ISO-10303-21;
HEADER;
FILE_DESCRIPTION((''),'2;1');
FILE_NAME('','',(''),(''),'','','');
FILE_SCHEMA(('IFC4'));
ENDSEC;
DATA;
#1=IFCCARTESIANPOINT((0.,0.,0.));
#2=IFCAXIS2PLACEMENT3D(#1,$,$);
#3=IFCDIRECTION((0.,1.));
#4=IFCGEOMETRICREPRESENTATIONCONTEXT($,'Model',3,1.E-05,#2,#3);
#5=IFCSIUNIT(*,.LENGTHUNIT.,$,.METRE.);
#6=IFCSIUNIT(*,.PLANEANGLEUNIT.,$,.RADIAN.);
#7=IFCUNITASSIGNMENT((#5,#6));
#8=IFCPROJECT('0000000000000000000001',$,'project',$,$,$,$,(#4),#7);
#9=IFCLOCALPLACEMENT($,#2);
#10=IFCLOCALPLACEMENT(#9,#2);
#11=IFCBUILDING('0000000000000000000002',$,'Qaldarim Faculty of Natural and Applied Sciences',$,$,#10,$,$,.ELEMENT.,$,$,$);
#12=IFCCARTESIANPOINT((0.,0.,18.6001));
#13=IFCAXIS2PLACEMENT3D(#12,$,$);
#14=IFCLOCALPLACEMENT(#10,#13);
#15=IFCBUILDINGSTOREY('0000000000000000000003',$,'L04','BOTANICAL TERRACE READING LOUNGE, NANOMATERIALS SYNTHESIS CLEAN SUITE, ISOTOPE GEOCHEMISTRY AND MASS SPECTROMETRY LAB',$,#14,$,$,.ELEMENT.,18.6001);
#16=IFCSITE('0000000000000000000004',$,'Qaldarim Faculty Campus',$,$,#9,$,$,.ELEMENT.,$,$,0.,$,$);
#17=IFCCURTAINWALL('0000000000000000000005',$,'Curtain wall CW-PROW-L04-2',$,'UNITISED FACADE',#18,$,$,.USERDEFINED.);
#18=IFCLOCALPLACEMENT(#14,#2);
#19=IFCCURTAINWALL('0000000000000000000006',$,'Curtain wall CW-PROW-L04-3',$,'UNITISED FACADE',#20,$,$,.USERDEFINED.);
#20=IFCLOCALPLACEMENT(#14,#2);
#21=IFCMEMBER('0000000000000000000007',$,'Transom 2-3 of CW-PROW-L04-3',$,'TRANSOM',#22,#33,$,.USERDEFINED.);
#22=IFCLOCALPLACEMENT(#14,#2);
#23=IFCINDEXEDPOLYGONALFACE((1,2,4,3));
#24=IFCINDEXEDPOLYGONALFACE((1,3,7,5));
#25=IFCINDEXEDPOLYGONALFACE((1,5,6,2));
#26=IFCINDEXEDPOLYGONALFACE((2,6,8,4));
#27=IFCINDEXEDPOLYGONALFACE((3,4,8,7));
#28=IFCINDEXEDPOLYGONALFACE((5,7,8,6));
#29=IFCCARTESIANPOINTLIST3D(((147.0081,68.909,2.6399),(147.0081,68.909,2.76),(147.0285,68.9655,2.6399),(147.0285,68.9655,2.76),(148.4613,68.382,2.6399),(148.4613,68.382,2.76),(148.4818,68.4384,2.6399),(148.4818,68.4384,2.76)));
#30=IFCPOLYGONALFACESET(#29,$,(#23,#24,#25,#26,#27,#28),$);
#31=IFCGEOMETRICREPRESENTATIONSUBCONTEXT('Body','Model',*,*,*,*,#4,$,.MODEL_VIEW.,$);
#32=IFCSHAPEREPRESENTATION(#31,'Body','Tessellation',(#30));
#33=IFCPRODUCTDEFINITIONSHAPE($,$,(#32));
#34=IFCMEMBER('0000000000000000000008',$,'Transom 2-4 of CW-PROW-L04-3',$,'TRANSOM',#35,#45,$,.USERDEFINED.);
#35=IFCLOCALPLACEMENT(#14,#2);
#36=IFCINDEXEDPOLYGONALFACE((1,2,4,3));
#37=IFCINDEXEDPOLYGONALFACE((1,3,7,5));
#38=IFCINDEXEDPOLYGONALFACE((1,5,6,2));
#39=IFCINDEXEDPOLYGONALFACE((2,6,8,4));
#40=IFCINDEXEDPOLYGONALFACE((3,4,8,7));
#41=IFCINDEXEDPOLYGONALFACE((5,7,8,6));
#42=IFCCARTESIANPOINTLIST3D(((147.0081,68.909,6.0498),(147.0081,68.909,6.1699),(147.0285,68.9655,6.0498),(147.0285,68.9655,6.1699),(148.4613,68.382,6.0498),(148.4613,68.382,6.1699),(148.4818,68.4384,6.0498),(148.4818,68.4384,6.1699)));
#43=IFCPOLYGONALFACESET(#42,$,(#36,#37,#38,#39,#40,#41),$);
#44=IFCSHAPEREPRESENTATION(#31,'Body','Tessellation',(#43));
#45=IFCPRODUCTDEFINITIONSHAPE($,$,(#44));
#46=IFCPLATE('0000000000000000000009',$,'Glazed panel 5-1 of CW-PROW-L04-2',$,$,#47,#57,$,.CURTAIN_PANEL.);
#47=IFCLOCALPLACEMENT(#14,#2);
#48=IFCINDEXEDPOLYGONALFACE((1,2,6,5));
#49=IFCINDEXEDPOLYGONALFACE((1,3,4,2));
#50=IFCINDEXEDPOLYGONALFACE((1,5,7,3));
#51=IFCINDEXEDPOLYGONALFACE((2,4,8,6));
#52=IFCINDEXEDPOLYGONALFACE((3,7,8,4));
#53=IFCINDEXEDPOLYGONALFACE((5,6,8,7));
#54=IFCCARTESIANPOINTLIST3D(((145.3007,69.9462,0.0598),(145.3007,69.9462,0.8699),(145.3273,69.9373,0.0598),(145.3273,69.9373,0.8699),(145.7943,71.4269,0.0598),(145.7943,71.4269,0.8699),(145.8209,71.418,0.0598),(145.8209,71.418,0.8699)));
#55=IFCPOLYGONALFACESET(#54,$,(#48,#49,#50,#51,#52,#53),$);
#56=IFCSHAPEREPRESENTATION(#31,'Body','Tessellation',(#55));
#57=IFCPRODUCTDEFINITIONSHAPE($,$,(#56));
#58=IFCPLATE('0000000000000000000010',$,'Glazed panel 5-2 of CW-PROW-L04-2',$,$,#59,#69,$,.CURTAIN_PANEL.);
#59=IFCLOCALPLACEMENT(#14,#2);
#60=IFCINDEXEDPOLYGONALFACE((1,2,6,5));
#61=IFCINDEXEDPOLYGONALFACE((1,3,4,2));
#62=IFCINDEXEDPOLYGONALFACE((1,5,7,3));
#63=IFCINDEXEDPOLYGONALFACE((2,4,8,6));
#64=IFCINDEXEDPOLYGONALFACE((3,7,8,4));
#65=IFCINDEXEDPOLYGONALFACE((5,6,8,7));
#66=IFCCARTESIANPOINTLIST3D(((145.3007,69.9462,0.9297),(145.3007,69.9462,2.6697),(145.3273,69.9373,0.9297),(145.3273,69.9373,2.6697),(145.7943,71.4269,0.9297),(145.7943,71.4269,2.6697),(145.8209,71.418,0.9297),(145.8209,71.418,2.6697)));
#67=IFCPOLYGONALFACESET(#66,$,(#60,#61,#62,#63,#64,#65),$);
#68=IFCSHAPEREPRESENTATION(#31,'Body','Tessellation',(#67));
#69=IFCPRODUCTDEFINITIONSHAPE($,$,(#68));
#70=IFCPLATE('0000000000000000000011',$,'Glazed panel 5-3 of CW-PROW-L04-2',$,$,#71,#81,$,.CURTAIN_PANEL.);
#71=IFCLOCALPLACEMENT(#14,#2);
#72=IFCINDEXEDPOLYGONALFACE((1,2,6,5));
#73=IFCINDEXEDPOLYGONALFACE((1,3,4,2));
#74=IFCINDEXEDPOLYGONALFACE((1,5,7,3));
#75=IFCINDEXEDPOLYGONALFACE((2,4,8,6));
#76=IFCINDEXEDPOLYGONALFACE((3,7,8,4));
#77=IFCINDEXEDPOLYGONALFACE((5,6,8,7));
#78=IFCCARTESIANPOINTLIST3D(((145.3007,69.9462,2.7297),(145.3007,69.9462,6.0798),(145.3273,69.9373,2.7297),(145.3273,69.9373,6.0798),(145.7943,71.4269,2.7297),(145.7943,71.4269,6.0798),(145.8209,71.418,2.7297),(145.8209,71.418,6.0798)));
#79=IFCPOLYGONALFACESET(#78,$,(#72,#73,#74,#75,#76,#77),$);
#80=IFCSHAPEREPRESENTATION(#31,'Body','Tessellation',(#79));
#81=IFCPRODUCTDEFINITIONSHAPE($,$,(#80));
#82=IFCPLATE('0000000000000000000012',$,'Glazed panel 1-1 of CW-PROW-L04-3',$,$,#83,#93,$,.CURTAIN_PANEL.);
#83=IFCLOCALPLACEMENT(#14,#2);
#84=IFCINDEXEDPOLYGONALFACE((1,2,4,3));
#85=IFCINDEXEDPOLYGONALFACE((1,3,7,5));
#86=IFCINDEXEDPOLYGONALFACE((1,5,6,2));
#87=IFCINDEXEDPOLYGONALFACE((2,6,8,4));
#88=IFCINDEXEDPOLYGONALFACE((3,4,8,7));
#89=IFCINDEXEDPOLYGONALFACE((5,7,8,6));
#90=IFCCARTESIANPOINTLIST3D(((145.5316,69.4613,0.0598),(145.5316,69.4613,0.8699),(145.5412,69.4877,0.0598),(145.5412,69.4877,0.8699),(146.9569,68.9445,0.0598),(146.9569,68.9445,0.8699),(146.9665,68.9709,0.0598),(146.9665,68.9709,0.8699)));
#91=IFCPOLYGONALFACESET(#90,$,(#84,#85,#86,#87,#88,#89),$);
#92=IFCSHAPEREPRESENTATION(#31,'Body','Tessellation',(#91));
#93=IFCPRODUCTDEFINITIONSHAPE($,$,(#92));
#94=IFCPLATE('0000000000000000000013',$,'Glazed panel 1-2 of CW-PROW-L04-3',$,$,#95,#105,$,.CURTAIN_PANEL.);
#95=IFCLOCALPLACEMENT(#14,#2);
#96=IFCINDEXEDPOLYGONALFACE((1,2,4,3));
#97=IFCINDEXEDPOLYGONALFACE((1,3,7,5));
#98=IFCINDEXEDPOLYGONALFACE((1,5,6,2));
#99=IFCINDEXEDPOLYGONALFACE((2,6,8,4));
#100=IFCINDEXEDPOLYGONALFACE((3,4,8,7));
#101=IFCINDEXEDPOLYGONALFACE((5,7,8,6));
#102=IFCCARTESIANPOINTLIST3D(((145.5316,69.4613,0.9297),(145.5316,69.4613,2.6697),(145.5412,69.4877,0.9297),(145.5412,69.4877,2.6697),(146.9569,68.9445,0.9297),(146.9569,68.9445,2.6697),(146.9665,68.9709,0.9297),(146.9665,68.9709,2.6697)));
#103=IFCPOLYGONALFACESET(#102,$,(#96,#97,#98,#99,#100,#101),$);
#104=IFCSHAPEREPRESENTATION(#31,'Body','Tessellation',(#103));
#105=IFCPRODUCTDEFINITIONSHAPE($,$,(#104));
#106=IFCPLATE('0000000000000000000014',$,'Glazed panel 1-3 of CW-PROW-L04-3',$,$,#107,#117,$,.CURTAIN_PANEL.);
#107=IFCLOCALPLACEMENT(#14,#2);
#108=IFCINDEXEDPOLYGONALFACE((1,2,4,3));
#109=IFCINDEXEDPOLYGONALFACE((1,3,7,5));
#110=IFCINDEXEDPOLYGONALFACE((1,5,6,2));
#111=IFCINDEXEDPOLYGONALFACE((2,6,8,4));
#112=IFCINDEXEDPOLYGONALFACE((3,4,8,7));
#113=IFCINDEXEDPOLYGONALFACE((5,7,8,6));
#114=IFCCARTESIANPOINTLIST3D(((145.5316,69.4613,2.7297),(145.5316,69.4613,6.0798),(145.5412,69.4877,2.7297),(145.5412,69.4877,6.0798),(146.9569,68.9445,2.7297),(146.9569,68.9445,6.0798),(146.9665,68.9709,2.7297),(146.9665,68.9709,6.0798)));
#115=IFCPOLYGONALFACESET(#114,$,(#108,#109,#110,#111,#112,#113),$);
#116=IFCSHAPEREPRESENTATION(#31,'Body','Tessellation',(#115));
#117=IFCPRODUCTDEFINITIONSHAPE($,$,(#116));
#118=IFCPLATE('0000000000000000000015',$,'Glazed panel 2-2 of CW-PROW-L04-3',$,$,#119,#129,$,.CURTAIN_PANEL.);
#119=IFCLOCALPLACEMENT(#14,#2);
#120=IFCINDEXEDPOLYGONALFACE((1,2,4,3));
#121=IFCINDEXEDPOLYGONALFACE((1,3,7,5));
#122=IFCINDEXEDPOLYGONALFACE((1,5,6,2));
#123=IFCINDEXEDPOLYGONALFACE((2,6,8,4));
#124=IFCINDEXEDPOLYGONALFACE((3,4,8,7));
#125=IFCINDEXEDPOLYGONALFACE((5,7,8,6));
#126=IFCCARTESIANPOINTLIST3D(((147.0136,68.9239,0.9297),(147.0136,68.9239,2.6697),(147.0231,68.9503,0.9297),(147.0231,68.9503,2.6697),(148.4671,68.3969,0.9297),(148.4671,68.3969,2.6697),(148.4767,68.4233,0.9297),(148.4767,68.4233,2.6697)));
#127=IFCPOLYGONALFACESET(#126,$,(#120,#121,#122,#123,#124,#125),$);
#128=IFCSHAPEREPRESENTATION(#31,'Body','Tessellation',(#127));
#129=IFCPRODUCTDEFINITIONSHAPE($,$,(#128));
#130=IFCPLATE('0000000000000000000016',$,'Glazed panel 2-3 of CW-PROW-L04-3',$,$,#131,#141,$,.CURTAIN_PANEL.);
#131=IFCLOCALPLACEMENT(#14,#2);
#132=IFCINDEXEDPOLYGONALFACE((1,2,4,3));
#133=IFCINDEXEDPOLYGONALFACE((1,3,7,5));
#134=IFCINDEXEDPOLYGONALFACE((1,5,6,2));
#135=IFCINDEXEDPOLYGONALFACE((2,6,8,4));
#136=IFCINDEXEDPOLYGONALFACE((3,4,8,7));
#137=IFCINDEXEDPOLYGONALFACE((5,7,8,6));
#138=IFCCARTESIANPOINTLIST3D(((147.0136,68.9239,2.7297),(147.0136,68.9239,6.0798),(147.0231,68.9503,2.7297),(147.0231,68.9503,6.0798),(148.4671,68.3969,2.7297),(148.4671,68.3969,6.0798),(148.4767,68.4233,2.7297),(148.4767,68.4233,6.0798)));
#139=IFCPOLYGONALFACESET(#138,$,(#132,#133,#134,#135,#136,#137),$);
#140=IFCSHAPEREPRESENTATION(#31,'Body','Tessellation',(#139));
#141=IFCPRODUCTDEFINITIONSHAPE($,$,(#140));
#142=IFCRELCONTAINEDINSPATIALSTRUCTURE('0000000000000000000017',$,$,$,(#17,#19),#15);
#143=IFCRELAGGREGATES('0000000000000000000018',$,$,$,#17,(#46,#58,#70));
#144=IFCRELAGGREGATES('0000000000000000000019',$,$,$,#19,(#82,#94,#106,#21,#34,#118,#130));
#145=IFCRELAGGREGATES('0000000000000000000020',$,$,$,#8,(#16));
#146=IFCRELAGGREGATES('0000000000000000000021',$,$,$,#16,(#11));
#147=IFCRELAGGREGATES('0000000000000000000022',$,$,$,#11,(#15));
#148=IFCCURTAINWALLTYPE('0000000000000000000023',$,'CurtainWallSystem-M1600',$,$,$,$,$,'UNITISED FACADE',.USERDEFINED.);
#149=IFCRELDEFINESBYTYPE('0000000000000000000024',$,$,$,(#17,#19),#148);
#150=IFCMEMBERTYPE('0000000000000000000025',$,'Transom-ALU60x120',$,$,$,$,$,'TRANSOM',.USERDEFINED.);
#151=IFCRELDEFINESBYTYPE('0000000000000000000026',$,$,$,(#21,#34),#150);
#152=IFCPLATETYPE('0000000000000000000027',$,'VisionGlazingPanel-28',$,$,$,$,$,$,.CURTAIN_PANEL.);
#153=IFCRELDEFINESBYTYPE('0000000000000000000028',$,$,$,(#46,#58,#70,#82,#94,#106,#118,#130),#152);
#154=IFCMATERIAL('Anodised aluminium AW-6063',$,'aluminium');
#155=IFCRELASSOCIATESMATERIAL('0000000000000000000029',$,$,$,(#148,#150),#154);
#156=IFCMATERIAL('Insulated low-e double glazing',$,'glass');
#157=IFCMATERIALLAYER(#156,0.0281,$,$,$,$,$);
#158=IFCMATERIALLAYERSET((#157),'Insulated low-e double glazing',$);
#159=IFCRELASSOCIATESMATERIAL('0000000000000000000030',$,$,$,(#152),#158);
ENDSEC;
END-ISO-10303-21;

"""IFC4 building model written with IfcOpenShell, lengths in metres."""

from ifc_helpers import new_model, si_unit, direction, frame, origin, origin_2d, place, context, subcontext, project, spatial, rectangle, extrude, material, layer, layer_set, material_profile, profile_set, type_object, element, aggregate, save


model = new_model("IFC4")

# Units and contexts
model_context = context("Model", 3, precision=1e-05, world=origin(), true_north=direction((0.0, 1.0)))
body_context = subcontext(model_context, "Body", "Model", "MODEL_VIEW")
ifc_project = project(units=[si_unit("LENGTHUNIT", "METRE"), si_unit("PLANEANGLEUNIT", "RADIAN")], contexts=[model_context])

# Site, building, storey
site_placement = place(None, origin())
site = spatial("IfcSite", under=ifc_project, at=site_placement, Name="Qaldarim Faculty Campus", CompositionType="ELEMENT", RefElevation=0.0)
building_placement = place(site_placement, origin())
building = spatial("IfcBuilding", under=site, at=building_placement, Name="Qaldarim Faculty of Natural and Applied Sciences", CompositionType="ELEMENT")
storey_placement = place(building_placement, frame((0.0, 0.0, 18.6001)))
storey = spatial("IfcBuildingStorey", under=building, at=storey_placement, Name="L04", Description="BOTANICAL TERRACE READING LOUNGE, NANOMATERIALS SYNTHESIS CLEAN SUITE, ISOTOPE GEOCHEMISTRY AND MASS SPECTROMETRY LAB", CompositionType="ELEMENT", Elevation=18.6001)

# Curtain wall
ifc_material_1 = material(Name="Anodised aluminium AW-6063", Category="aluminium")
curtain_wall_type = type_object("IfcCurtainWallType", Name="CurtainWallSystem-M1600", ElementType="UNITISED FACADE", PredefinedType="USERDEFINED", material=ifc_material_1)
curtain_wall_1_placement = place(storey_placement, origin())
curtain_wall_1 = element("IfcCurtainWall", 1, at=curtain_wall_1_placement, inside=storey, type_object=curtain_wall_type, Name="Curtain wall CW-PROW-L04-2", ObjectType="UNITISED FACADE", PredefinedType="USERDEFINED")

# Curtain wall
curtain_wall_2_placement = place(storey_placement, origin())
curtain_wall_2 = element("IfcCurtainWall", 2, at=curtain_wall_2_placement, inside=storey, type_object=curtain_wall_type, Name="Curtain wall CW-PROW-L04-3", ObjectType="UNITISED FACADE", PredefinedType="USERDEFINED")

# Members
ifc_material_profile_1 = material_profile(ifc_material_1, rectangle(XDim=0.0601, YDim=0.1201, at=origin_2d()), Name="ALU-T60x120")
ifc_profile_set_1 = profile_set([ifc_material_profile_1], Name="Anodised aluminium AW-6063")
member_type_1 = type_object("IfcMemberType", Name="Transom-ALU60x120", ElementType="TRANSOM", PredefinedType="USERDEFINED", material=ifc_profile_set_1)
member_1_placement = place(storey_placement, frame((147.0183, 68.9373, 2.7), z_axis=(0.940084, -0.340944, 0.0), x_axis=(0.340944, 0.940084, 0.0)))
member_1 = element("IfcMember", 3, at=member_1_placement, type_object=member_type_1, Name="Transom 2-3 of CW-PROW-L04-3", ObjectType="TRANSOM", PredefinedType="USERDEFINED", context=body_context, shape_type="SweptSolid", body=[
    extrude(rectangle(XDim=0.0601, YDim=0.1201, at=origin_2d()), origin(), (0.0, 0.0, 1.0), 1.5459),
])
member_2_placement = place(storey_placement, frame((147.0183, 68.9373, 6.1099), z_axis=(0.940084, -0.340944, 0.0), x_axis=(0.340944, 0.940084, 0.0)))
member_2 = element("IfcMember", 4, at=member_2_placement, type_object=member_type_1, Name="Transom 2-4 of CW-PROW-L04-3", ObjectType="TRANSOM", PredefinedType="USERDEFINED", context=body_context, shape_type="SweptSolid", body=[
    extrude(rectangle(XDim=0.0601, YDim=0.1201, at=origin_2d()), origin(), (0.0, 0.0, 1.0), 1.5459),
])

# Plates
ifc_material_2 = material(Name="Insulated low-e double glazing", Category="glass")
ifc_layer = layer(ifc_material_2, 0.0281)
ifc_layer_set = layer_set([ifc_layer], Name="Insulated low-e double glazing")
plate_type = type_object("IfcPlateType", Name="VisionGlazingPanel-28", PredefinedType="CURTAIN_PANEL", material=ifc_layer_set)
plate_1_placement = place(storey_placement, frame((145.5608, 70.6821, 0.0598), z_axis=(0.0, 0.0, 1.0), x_axis=(-0.316229, -0.948683, 0.0)))
plate_1 = element("IfcPlate", 5, at=plate_1_placement, type_object=plate_type, Name="Glazed panel 5-1 of CW-PROW-L04-2", PredefinedType="CURTAIN_PANEL", context=body_context, shape_type="SweptSolid", body=[
    extrude(rectangle(XDim=1.5608, YDim=0.0281, at=origin_2d()), origin(), (0.0, 0.0, 1.0), 0.8101),
])
plate_2_placement = place(storey_placement, frame((145.5608, 70.6821, 0.9297), z_axis=(0.0, 0.0, 1.0), x_axis=(-0.316229, -0.948683, 0.0)))
plate_2 = element("IfcPlate", 6, at=plate_2_placement, type_object=plate_type, Name="Glazed panel 5-2 of CW-PROW-L04-2", PredefinedType="CURTAIN_PANEL", context=body_context, shape_type="SweptSolid", body=[
    extrude(rectangle(XDim=1.5608, YDim=0.0281, at=origin_2d()), origin(), (0.0, 0.0, 1.0), 1.74),
])
plate_3_placement = place(storey_placement, frame((145.5608, 70.6821, 2.7297), z_axis=(0.0, 0.0, 1.0), x_axis=(-0.316229, -0.948683, 0.0)))
plate_3 = element("IfcPlate", 7, at=plate_3_placement, type_object=plate_type, Name="Glazed panel 5-3 of CW-PROW-L04-2", PredefinedType="CURTAIN_PANEL", context=body_context, shape_type="SweptSolid", body=[
    extrude(rectangle(XDim=1.5608, YDim=0.0281, at=origin_2d()), origin(), (0.0, 0.0, 1.0), 3.3501),
])
aggregate(curtain_wall_1, [plate_1, plate_2, plate_3])
plate_4_placement = place(storey_placement, frame((146.249, 69.2161, 0.0598), z_axis=(0.0, 0.0, 1.0), x_axis=(0.94011, -0.340872, 0.0)))
plate_4 = element("IfcPlate", 8, at=plate_4_placement, type_object=plate_type, Name="Glazed panel 1-1 of CW-PROW-L04-3", PredefinedType="CURTAIN_PANEL", context=body_context, shape_type="SweptSolid", body=[
    extrude(rectangle(XDim=1.5161, YDim=0.0281, at=origin_2d()), origin(), (0.0, 0.0, 1.0), 0.8101),
])
plate_5_placement = place(storey_placement, frame((146.249, 69.2161, 0.9297), z_axis=(0.0, 0.0, 1.0), x_axis=(0.94011, -0.340872, 0.0)))
plate_5 = element("IfcPlate", 9, at=plate_5_placement, type_object=plate_type, Name="Glazed panel 1-2 of CW-PROW-L04-3", PredefinedType="CURTAIN_PANEL", context=body_context, shape_type="SweptSolid", body=[
    extrude(rectangle(XDim=1.5161, YDim=0.0281, at=origin_2d()), origin(), (0.0, 0.0, 1.0), 1.74),
])
plate_6_placement = place(storey_placement, frame((146.249, 69.2161, 2.7297), z_axis=(0.0, 0.0, 1.0), x_axis=(0.94011, -0.340872, 0.0)))
plate_6 = element("IfcPlate", 10, at=plate_6_placement, type_object=plate_type, Name="Glazed panel 1-3 of CW-PROW-L04-3", PredefinedType="CURTAIN_PANEL", context=body_context, shape_type="SweptSolid", body=[
    extrude(rectangle(XDim=1.5161, YDim=0.0281, at=origin_2d()), origin(), (0.0, 0.0, 1.0), 3.3501),
])
plate_7_placement = place(storey_placement, frame((147.7451, 68.6736, 0.9297), z_axis=(0.0, 0.0, 1.0), x_axis=(0.94011, -0.340872, 0.0)))
plate_7 = element("IfcPlate", 11, at=plate_7_placement, type_object=plate_type, Name="Glazed panel 2-2 of CW-PROW-L04-3", PredefinedType="CURTAIN_PANEL", context=body_context, shape_type="SweptSolid", body=[
    extrude(rectangle(XDim=1.5461, YDim=0.0281, at=origin_2d()), origin(), (0.0, 0.0, 1.0), 1.74),
])
plate_8_placement = place(storey_placement, frame((147.7451, 68.6736, 2.7297), z_axis=(0.0, 0.0, 1.0), x_axis=(0.94011, -0.340872, 0.0)))
plate_8 = element("IfcPlate", 12, at=plate_8_placement, type_object=plate_type, Name="Glazed panel 2-3 of CW-PROW-L04-3", PredefinedType="CURTAIN_PANEL", context=body_context, shape_type="SweptSolid", body=[
    extrude(rectangle(XDim=1.5461, YDim=0.0281, at=origin_2d()), origin(), (0.0, 0.0, 1.0), 3.3501),
])
aggregate(curtain_wall_2, [plate_4, plate_5, plate_6, member_1, member_2, plate_7, plate_8])

save(model, "model.ifc")
